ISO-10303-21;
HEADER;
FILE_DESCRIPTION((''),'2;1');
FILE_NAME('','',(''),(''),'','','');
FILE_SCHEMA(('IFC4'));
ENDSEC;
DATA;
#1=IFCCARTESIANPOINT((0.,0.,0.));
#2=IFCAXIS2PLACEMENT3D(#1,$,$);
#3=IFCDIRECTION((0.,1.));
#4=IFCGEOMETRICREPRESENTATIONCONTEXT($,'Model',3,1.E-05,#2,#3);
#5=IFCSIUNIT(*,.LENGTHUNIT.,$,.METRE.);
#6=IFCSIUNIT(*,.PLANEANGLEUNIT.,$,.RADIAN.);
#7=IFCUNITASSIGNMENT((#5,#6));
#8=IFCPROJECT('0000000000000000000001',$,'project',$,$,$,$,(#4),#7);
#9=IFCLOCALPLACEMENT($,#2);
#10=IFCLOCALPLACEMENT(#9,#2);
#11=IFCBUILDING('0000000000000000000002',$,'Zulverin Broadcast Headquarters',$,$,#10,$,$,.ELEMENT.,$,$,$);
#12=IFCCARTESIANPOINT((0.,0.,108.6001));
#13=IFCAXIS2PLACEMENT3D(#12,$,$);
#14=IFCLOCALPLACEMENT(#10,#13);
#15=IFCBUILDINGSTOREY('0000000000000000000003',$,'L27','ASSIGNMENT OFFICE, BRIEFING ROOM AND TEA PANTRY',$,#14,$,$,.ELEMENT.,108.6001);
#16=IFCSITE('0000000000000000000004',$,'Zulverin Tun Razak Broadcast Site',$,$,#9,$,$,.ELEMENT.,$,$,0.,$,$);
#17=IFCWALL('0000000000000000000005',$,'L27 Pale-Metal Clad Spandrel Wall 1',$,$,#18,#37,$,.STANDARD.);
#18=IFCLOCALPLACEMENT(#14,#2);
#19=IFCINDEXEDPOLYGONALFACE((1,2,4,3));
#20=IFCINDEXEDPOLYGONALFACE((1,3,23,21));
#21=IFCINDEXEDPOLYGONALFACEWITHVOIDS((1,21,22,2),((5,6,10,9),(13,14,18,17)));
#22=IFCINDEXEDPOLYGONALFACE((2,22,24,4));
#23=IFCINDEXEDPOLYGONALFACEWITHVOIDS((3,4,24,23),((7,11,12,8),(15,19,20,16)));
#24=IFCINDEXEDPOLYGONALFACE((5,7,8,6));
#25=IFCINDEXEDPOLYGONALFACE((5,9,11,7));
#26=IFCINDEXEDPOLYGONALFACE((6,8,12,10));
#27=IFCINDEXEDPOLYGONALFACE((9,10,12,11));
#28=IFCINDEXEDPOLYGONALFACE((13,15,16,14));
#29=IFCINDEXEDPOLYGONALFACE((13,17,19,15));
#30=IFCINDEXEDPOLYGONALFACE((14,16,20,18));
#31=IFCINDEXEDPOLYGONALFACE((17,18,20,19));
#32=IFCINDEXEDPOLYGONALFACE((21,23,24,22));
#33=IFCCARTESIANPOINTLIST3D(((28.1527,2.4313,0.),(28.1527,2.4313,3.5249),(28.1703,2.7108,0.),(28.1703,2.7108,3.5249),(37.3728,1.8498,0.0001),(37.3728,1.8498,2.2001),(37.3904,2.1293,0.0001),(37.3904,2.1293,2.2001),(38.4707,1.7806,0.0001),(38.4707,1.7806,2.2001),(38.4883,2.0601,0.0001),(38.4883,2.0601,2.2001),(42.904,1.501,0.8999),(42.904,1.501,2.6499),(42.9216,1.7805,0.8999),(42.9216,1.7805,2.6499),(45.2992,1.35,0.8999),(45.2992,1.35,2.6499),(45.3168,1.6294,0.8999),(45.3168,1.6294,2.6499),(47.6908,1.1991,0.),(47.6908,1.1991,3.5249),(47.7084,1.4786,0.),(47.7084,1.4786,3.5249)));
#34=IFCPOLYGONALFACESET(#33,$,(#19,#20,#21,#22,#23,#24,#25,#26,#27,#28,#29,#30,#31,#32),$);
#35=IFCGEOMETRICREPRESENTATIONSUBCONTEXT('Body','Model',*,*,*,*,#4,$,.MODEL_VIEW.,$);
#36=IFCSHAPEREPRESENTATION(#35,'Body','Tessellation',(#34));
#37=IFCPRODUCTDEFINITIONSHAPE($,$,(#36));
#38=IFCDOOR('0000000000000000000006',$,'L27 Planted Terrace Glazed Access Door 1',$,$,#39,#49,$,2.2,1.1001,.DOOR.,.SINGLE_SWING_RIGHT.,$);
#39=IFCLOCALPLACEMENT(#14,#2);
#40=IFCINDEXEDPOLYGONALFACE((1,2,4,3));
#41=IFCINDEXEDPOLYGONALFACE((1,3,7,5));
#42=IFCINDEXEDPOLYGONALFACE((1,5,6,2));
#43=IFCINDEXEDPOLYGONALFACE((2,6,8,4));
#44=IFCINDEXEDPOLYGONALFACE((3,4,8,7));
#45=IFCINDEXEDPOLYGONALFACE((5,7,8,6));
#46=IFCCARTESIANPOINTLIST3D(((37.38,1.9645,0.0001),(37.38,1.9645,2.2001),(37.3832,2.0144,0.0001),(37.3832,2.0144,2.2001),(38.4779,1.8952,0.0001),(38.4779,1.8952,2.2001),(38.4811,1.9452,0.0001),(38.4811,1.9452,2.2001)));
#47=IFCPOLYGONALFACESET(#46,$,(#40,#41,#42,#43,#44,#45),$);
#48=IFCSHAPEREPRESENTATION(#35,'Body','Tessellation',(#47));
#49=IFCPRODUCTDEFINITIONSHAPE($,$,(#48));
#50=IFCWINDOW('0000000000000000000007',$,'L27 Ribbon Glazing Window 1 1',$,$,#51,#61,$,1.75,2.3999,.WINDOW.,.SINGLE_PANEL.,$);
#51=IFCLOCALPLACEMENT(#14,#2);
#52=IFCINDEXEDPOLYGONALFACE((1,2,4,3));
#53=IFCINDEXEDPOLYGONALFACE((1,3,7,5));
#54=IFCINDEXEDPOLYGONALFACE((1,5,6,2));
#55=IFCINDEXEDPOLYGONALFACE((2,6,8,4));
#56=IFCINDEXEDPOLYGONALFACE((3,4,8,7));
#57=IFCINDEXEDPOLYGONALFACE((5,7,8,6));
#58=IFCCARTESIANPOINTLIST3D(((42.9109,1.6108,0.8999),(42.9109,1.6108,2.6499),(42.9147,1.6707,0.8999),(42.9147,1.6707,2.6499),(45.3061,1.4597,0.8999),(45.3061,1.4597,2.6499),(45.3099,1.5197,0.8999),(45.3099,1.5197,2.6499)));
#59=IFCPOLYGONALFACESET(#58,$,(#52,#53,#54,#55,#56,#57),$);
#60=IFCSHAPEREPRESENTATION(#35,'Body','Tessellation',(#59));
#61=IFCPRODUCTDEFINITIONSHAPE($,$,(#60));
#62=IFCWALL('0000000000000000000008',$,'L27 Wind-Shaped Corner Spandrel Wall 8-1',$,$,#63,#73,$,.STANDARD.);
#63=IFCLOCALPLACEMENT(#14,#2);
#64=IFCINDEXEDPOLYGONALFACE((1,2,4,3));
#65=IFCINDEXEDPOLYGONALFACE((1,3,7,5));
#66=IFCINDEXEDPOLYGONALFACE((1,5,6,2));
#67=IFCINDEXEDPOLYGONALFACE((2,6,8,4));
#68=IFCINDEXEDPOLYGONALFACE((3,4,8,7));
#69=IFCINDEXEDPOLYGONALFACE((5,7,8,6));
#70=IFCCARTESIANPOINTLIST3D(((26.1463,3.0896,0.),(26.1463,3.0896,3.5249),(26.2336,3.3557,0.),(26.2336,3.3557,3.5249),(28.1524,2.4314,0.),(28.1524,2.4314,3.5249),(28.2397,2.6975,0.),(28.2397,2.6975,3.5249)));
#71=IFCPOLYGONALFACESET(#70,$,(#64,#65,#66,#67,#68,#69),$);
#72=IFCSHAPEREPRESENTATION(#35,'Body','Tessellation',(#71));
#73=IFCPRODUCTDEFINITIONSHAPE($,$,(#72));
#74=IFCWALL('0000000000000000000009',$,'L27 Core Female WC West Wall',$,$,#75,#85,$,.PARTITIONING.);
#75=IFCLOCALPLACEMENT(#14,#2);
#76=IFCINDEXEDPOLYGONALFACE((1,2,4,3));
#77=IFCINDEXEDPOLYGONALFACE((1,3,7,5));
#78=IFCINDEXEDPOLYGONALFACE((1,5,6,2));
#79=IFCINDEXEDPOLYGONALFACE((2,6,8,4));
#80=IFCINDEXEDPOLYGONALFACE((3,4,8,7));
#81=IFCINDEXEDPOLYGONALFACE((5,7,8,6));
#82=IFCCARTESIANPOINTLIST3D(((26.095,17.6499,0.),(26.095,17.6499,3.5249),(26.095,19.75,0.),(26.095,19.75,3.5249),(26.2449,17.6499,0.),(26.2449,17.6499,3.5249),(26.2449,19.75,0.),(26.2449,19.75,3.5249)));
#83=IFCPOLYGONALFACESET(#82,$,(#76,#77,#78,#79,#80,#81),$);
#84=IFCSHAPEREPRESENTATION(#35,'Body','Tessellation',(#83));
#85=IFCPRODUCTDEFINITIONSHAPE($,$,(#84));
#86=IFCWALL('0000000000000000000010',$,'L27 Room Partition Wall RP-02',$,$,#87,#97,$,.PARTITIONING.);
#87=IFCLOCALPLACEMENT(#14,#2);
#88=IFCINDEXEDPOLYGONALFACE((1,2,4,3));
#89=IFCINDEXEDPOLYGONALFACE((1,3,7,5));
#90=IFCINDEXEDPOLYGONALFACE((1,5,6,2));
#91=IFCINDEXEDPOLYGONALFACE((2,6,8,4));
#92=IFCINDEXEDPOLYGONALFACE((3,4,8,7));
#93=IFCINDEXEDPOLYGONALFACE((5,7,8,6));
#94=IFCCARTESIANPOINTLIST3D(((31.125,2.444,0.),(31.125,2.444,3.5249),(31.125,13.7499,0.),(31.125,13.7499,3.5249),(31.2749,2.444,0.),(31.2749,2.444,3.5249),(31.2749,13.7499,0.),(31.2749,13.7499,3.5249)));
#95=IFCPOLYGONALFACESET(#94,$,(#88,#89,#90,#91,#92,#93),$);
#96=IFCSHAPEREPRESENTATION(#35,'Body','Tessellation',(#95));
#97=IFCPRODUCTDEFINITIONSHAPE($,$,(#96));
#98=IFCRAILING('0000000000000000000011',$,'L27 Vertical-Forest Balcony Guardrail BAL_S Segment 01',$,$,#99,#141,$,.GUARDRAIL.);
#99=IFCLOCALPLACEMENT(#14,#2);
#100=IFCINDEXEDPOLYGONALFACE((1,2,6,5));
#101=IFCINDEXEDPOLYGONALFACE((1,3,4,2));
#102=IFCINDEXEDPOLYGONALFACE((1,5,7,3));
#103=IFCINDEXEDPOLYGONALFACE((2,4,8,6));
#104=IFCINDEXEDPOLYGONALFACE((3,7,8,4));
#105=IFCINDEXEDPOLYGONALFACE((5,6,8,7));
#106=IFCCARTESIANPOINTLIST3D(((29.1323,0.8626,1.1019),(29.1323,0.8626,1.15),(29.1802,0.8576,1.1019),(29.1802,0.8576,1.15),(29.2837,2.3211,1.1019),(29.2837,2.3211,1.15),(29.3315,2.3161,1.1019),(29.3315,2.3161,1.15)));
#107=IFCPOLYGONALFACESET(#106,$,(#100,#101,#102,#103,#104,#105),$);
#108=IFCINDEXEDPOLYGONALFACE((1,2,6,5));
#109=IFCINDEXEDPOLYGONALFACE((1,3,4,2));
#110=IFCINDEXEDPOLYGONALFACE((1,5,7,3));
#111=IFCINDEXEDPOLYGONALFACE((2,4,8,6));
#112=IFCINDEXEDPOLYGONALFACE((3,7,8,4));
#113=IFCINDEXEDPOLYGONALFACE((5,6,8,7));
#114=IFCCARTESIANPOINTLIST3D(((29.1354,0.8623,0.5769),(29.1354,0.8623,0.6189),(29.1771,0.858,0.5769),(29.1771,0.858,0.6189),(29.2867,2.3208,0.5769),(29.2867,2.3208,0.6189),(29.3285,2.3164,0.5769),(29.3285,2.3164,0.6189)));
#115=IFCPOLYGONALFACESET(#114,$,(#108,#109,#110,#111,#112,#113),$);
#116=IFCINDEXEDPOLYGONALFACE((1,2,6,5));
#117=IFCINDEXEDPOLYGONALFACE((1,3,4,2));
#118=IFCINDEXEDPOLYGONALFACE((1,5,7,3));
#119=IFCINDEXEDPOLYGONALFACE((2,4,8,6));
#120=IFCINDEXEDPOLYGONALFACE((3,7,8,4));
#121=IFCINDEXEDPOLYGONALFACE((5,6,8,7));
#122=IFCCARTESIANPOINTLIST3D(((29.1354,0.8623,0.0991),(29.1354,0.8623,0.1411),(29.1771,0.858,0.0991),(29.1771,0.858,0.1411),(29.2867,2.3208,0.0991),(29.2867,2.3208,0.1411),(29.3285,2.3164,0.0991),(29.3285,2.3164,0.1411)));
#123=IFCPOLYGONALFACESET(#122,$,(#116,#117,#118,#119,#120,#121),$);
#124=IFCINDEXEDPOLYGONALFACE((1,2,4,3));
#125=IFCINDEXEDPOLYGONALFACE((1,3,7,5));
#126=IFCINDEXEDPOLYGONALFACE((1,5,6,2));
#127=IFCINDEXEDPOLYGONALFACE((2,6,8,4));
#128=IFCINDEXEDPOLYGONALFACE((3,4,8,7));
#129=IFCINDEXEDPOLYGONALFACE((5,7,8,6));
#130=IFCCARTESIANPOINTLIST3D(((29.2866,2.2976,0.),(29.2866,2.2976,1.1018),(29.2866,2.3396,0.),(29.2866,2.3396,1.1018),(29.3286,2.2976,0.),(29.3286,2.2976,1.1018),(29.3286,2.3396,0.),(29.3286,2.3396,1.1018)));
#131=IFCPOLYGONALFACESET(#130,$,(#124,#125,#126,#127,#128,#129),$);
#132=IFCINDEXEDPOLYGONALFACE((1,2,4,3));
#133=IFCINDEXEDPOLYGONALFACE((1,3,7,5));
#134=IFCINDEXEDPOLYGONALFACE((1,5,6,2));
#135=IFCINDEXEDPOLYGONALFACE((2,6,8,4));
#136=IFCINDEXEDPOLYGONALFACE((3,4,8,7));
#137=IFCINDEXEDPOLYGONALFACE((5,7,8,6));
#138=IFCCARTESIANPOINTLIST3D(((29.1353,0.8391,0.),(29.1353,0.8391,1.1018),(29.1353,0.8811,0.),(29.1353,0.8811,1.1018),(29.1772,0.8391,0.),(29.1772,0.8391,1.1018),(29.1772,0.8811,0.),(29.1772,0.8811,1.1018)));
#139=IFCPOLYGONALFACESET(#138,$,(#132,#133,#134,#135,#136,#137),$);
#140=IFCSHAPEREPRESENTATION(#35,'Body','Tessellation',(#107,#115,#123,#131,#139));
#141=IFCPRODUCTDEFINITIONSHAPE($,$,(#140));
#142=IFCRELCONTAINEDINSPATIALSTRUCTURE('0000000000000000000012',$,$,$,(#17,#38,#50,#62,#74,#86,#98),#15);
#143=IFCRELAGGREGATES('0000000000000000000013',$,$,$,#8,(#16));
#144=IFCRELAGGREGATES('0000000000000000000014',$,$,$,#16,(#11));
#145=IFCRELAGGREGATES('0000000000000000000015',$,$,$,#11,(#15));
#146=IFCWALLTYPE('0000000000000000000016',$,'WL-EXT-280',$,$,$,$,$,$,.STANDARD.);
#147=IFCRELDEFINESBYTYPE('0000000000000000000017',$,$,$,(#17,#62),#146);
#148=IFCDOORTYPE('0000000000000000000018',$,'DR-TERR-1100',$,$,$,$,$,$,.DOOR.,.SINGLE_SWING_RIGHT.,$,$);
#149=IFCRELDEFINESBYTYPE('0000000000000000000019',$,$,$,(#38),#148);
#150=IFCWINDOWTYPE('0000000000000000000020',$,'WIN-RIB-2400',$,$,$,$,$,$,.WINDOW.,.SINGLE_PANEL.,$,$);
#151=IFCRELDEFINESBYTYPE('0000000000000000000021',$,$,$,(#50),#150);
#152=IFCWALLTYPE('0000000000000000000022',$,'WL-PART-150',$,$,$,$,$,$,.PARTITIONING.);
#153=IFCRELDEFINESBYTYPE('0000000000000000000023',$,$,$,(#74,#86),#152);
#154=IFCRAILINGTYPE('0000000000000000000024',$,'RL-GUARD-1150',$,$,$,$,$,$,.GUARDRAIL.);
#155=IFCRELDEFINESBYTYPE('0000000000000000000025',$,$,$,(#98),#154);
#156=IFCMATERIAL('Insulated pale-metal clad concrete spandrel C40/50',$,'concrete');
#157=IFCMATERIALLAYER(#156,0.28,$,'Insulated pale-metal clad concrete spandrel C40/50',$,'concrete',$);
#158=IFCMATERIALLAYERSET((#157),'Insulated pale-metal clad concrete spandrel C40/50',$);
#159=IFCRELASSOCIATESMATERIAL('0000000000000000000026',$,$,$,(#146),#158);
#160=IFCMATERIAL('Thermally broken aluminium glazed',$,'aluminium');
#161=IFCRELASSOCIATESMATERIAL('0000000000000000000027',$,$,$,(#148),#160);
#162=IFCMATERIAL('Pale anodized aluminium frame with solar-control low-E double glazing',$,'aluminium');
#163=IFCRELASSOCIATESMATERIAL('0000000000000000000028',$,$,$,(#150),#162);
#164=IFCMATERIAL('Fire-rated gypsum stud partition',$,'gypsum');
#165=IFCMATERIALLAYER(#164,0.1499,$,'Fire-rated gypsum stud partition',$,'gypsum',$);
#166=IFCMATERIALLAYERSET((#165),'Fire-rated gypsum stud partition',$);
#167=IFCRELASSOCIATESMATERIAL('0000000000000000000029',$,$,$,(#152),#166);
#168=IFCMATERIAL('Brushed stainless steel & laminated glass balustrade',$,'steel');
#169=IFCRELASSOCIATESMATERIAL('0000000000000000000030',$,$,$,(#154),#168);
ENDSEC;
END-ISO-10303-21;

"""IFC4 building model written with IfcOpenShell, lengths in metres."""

from ifc_helpers import new_model, si_unit, direction, frame, frame_2d, origin, origin_2d, place, context, subcontext, project, spatial, rectangle, extrude, material, layer, layer_set, type_object, element, fill, save


model = new_model("IFC4")

# Units and contexts
model_context = context("Model", 3, precision=1e-05, world=origin(), true_north=direction((0.0, 1.0)))
body_context = subcontext(model_context, "Body", "Model", "MODEL_VIEW")
ifc_project = project(units=[si_unit("LENGTHUNIT", "METRE"), si_unit("PLANEANGLEUNIT", "RADIAN")], contexts=[model_context])

# Site, building, storey
site_placement = place(None, origin())
site = spatial("IfcSite", under=ifc_project, at=site_placement, Name="Zulverin Tun Razak Broadcast Site", CompositionType="ELEMENT", RefElevation=0.0)
building_placement = place(site_placement, origin())
building = spatial("IfcBuilding", under=site, at=building_placement, Name="Zulverin Broadcast Headquarters", CompositionType="ELEMENT")
storey_placement = place(building_placement, frame((0.0, 0.0, 108.6001)))
storey = spatial("IfcBuildingStorey", under=building, at=storey_placement, Name="L27", Description="ASSIGNMENT OFFICE, BRIEFING ROOM AND TEA PANTRY", CompositionType="ELEMENT", Elevation=108.6001)

# Wall, openings, door, window
ifc_material_1 = material(Name="Insulated pale-metal clad concrete spandrel C40/50", Category="concrete")
ifc_layer_1 = layer(ifc_material_1, 0.28, Name="Insulated pale-metal clad concrete spandrel C40/50", Category="concrete")
ifc_layer_set_1 = layer_set([ifc_layer_1], Name="Insulated pale-metal clad concrete spandrel C40/50")
wall_type_1 = type_object("IfcWallType", Name="WL-EXT-280", PredefinedType="STANDARD", material=ifc_layer_set_1)
wall_1_placement = place(storey_placement, frame((28.1614, 2.571, 0.0), z_axis=(0.0, 0.0, 1.0), x_axis=(0.998017, -0.06294, 0.0)))
wall_1 = element("IfcWall", 1, at=wall_1_placement, inside=storey, type_object=wall_type_1, Name="L27 Pale-Metal Clad Spandrel Wall 1", PredefinedType="STANDARD", context=body_context, shape_type="SweptSolid", body=[
    extrude(rectangle(XDim=19.5769, YDim=0.28, at=frame_2d((9.7886, 0.0))), origin(), (0.0, 0.0, 1.0), 3.5249),
])
opening_1_placement = place(wall_1_placement, frame((9.2385, 0.0, 0.0)))
opening_1 = element("IfcOpeningElement", 2, at=opening_1_placement, cuts=wall_1, PredefinedType="OPENING", context=body_context, shape_type="SweptSolid", body=[
    extrude(rectangle(XDim=1.1001, YDim=2.2, at=frame_2d((0.55, 1.1001))), frame((0.0, 0.1499, 0.0), z_axis=(0.0, -1.0, 0.0), x_axis=(1.0, 0.0, 0.0)), (0.0, 0.0, 1.0), 0.3),
])
opening_2_placement = place(wall_1_placement, frame((14.7808, 0.0, 0.8999)))
opening_2 = element("IfcOpeningElement", 3, at=opening_2_placement, cuts=wall_1, PredefinedType="OPENING", context=body_context, shape_type="SweptSolid", body=[
    extrude(rectangle(XDim=2.3999, YDim=1.75, at=frame_2d((1.2, 0.875))), frame((0.0, 0.1499, 0.0), z_axis=(0.0, -1.0, 0.0), x_axis=(1.0, 0.0, 0.0)), (0.0, 0.0, 1.0), 0.3),
])
ifc_material_2 = material(Name="Thermally broken aluminium glazed", Category="aluminium")
door_type = type_object("IfcDoorType", Name="DR-TERR-1100", OperationType="SINGLE_SWING_RIGHT", PredefinedType="DOOR", material=ifc_material_2)
door_placement = place(opening_1_placement, origin())
door = element("IfcDoor", 4, at=door_placement, inside=storey, type_object=door_type, Name="L27 Planted Terrace Glazed Access Door 1", OperationType="SINGLE_SWING_RIGHT", OverallHeight=2.2, OverallWidth=1.1001, PredefinedType="DOOR", context=body_context, shape_type="SweptSolid", body=[
    extrude(rectangle(XDim=1.1001, YDim=2.2, at=frame_2d((0.55, 1.1001))), frame((0.0, 0.0249, 0.0), z_axis=(0.0, -1.0, 0.0), x_axis=(1.0, 0.0, 0.0)), (0.0, 0.0, 1.0), 0.05),
])
fill(opening_1, door)
ifc_material_3 = material(Name="Pale anodized aluminium frame with solar-control low-E double glazing", Category="aluminium")
window_type = type_object("IfcWindowType", Name="WIN-RIB-2400", PartitioningType="SINGLE_PANEL", PredefinedType="WINDOW", material=ifc_material_3)
window_placement = place(opening_2_placement, origin())
window = element("IfcWindow", 5, at=window_placement, inside=storey, type_object=window_type, Name="L27 Ribbon Glazing Window 1 1", OverallHeight=1.75, OverallWidth=2.3999, PartitioningType="SINGLE_PANEL", PredefinedType="WINDOW", context=body_context, shape_type="SweptSolid", body=[
    extrude(rectangle(XDim=2.3999, YDim=1.75, at=frame_2d((1.2, 0.875))), frame((0.0, 0.03, 0.0), z_axis=(0.0, -1.0, 0.0), x_axis=(1.0, 0.0, 0.0)), (0.0, 0.0, 1.0), 0.0601),
])
fill(opening_2, window)

# Walls
wall_2_placement = place(storey_placement, frame((26.1899, 3.2227, 0.0), z_axis=(0.0, 0.0, 1.0), x_axis=(0.950164, -0.311749, 0.0)))
element("IfcWall", 6, at=wall_2_placement, inside=storey, type_object=wall_type_1, Name="L27 Wind-Shaped Corner Spandrel Wall 8-1", PredefinedType="STANDARD", context=body_context, shape_type="SweptSolid", body=[
    extrude(rectangle(XDim=2.1113, YDim=0.28, at=frame_2d((1.0557, 0.0))), origin(), (0.0, 0.0, 1.0), 3.5249),
])
ifc_material_4 = material(Name="Fire-rated gypsum stud partition", Category="gypsum")
ifc_layer_2 = layer(ifc_material_4, 0.1499, Name="Fire-rated gypsum stud partition", Category="gypsum")
ifc_layer_set_2 = layer_set([ifc_layer_2], Name="Fire-rated gypsum stud partition")
wall_type_2 = type_object("IfcWallType", Name="WL-PART-150", PredefinedType="PARTITIONING", material=ifc_layer_set_2)
wall_3_placement = place(storey_placement, frame((26.1699, 17.6499, 0.0), z_axis=(0.0, 0.0, 1.0), x_axis=(0.0, 1.0, 0.0)))
element("IfcWall", 7, at=wall_3_placement, inside=storey, type_object=wall_type_2, Name="L27 Core Female WC West Wall", PredefinedType="PARTITIONING", context=body_context, shape_type="SweptSolid", body=[
    extrude(rectangle(XDim=2.1001, YDim=0.1499, at=frame_2d((1.05, 0.0))), origin(), (0.0, 0.0, 1.0), 3.5249),
])
wall_4_placement = place(storey_placement, frame((31.2, 2.4441, 0.0), z_axis=(0.0, 0.0, 1.0), x_axis=(0.0, 1.0, 0.0)))
element("IfcWall", 8, at=wall_4_placement, inside=storey, type_object=wall_type_2, Name="L27 Room Partition Wall RP-02", PredefinedType="PARTITIONING", context=body_context, shape_type="SweptSolid", body=[
    extrude(rectangle(XDim=11.3059, YDim=0.1499, at=frame_2d((5.6528, 0.0))), origin(), (0.0, 0.0, 1.0), 3.5249),
])

# Railing
ifc_material_5 = material(Name="Brushed stainless steel & laminated glass balustrade", Category="steel")
railing_type = type_object("IfcRailingType", Name="RL-GUARD-1150", PredefinedType="GUARDRAIL", material=ifc_material_5)
railing_1_placement = place(storey_placement, frame((29.3076, 2.3186, 0.0)))
element("IfcRailing", 9, at=railing_1_placement, inside=storey, type_object=railing_type, Name="L27 Vertical-Forest Balcony Guardrail BAL_S Segment 01", PredefinedType="GUARDRAIL", context=body_context, shape_type="SweptSolid", body=[
    extrude(rectangle(XDim=0.0481, YDim=0.0481, at=origin_2d()), frame((0.0, 0.0, 1.126), z_axis=(-0.103229, -0.994658, 0.0), x_axis=(0.994658, -0.103229, 0.0)), (0.0, 0.0, 1.0), 1.4663),
    extrude(rectangle(XDim=0.042, YDim=0.042, at=origin_2d()), frame((0.0, 0.0, 0.5979), z_axis=(-0.103229, -0.994658, 0.0), x_axis=(0.994658, -0.103229, 0.0)), (0.0, 0.0, 1.0), 1.4663),
    extrude(rectangle(XDim=0.042, YDim=0.042, at=origin_2d()), frame((0.0, 0.0, 0.1201), z_axis=(-0.103229, -0.994658, 0.0), x_axis=(0.994658, -0.103229, 0.0)), (0.0, 0.0, 1.0), 1.4663),
    extrude(rectangle(XDim=0.042, YDim=0.042, at=origin_2d()), origin(), (0.0, 0.0, 1.0), 1.1018),
    extrude(rectangle(XDim=0.042, YDim=0.042, at=origin_2d()), frame((-0.1514, -1.4585, 0.0)), (0.0, 0.0, 1.0), 1.1018),
])

save(model, "model.ifc")
